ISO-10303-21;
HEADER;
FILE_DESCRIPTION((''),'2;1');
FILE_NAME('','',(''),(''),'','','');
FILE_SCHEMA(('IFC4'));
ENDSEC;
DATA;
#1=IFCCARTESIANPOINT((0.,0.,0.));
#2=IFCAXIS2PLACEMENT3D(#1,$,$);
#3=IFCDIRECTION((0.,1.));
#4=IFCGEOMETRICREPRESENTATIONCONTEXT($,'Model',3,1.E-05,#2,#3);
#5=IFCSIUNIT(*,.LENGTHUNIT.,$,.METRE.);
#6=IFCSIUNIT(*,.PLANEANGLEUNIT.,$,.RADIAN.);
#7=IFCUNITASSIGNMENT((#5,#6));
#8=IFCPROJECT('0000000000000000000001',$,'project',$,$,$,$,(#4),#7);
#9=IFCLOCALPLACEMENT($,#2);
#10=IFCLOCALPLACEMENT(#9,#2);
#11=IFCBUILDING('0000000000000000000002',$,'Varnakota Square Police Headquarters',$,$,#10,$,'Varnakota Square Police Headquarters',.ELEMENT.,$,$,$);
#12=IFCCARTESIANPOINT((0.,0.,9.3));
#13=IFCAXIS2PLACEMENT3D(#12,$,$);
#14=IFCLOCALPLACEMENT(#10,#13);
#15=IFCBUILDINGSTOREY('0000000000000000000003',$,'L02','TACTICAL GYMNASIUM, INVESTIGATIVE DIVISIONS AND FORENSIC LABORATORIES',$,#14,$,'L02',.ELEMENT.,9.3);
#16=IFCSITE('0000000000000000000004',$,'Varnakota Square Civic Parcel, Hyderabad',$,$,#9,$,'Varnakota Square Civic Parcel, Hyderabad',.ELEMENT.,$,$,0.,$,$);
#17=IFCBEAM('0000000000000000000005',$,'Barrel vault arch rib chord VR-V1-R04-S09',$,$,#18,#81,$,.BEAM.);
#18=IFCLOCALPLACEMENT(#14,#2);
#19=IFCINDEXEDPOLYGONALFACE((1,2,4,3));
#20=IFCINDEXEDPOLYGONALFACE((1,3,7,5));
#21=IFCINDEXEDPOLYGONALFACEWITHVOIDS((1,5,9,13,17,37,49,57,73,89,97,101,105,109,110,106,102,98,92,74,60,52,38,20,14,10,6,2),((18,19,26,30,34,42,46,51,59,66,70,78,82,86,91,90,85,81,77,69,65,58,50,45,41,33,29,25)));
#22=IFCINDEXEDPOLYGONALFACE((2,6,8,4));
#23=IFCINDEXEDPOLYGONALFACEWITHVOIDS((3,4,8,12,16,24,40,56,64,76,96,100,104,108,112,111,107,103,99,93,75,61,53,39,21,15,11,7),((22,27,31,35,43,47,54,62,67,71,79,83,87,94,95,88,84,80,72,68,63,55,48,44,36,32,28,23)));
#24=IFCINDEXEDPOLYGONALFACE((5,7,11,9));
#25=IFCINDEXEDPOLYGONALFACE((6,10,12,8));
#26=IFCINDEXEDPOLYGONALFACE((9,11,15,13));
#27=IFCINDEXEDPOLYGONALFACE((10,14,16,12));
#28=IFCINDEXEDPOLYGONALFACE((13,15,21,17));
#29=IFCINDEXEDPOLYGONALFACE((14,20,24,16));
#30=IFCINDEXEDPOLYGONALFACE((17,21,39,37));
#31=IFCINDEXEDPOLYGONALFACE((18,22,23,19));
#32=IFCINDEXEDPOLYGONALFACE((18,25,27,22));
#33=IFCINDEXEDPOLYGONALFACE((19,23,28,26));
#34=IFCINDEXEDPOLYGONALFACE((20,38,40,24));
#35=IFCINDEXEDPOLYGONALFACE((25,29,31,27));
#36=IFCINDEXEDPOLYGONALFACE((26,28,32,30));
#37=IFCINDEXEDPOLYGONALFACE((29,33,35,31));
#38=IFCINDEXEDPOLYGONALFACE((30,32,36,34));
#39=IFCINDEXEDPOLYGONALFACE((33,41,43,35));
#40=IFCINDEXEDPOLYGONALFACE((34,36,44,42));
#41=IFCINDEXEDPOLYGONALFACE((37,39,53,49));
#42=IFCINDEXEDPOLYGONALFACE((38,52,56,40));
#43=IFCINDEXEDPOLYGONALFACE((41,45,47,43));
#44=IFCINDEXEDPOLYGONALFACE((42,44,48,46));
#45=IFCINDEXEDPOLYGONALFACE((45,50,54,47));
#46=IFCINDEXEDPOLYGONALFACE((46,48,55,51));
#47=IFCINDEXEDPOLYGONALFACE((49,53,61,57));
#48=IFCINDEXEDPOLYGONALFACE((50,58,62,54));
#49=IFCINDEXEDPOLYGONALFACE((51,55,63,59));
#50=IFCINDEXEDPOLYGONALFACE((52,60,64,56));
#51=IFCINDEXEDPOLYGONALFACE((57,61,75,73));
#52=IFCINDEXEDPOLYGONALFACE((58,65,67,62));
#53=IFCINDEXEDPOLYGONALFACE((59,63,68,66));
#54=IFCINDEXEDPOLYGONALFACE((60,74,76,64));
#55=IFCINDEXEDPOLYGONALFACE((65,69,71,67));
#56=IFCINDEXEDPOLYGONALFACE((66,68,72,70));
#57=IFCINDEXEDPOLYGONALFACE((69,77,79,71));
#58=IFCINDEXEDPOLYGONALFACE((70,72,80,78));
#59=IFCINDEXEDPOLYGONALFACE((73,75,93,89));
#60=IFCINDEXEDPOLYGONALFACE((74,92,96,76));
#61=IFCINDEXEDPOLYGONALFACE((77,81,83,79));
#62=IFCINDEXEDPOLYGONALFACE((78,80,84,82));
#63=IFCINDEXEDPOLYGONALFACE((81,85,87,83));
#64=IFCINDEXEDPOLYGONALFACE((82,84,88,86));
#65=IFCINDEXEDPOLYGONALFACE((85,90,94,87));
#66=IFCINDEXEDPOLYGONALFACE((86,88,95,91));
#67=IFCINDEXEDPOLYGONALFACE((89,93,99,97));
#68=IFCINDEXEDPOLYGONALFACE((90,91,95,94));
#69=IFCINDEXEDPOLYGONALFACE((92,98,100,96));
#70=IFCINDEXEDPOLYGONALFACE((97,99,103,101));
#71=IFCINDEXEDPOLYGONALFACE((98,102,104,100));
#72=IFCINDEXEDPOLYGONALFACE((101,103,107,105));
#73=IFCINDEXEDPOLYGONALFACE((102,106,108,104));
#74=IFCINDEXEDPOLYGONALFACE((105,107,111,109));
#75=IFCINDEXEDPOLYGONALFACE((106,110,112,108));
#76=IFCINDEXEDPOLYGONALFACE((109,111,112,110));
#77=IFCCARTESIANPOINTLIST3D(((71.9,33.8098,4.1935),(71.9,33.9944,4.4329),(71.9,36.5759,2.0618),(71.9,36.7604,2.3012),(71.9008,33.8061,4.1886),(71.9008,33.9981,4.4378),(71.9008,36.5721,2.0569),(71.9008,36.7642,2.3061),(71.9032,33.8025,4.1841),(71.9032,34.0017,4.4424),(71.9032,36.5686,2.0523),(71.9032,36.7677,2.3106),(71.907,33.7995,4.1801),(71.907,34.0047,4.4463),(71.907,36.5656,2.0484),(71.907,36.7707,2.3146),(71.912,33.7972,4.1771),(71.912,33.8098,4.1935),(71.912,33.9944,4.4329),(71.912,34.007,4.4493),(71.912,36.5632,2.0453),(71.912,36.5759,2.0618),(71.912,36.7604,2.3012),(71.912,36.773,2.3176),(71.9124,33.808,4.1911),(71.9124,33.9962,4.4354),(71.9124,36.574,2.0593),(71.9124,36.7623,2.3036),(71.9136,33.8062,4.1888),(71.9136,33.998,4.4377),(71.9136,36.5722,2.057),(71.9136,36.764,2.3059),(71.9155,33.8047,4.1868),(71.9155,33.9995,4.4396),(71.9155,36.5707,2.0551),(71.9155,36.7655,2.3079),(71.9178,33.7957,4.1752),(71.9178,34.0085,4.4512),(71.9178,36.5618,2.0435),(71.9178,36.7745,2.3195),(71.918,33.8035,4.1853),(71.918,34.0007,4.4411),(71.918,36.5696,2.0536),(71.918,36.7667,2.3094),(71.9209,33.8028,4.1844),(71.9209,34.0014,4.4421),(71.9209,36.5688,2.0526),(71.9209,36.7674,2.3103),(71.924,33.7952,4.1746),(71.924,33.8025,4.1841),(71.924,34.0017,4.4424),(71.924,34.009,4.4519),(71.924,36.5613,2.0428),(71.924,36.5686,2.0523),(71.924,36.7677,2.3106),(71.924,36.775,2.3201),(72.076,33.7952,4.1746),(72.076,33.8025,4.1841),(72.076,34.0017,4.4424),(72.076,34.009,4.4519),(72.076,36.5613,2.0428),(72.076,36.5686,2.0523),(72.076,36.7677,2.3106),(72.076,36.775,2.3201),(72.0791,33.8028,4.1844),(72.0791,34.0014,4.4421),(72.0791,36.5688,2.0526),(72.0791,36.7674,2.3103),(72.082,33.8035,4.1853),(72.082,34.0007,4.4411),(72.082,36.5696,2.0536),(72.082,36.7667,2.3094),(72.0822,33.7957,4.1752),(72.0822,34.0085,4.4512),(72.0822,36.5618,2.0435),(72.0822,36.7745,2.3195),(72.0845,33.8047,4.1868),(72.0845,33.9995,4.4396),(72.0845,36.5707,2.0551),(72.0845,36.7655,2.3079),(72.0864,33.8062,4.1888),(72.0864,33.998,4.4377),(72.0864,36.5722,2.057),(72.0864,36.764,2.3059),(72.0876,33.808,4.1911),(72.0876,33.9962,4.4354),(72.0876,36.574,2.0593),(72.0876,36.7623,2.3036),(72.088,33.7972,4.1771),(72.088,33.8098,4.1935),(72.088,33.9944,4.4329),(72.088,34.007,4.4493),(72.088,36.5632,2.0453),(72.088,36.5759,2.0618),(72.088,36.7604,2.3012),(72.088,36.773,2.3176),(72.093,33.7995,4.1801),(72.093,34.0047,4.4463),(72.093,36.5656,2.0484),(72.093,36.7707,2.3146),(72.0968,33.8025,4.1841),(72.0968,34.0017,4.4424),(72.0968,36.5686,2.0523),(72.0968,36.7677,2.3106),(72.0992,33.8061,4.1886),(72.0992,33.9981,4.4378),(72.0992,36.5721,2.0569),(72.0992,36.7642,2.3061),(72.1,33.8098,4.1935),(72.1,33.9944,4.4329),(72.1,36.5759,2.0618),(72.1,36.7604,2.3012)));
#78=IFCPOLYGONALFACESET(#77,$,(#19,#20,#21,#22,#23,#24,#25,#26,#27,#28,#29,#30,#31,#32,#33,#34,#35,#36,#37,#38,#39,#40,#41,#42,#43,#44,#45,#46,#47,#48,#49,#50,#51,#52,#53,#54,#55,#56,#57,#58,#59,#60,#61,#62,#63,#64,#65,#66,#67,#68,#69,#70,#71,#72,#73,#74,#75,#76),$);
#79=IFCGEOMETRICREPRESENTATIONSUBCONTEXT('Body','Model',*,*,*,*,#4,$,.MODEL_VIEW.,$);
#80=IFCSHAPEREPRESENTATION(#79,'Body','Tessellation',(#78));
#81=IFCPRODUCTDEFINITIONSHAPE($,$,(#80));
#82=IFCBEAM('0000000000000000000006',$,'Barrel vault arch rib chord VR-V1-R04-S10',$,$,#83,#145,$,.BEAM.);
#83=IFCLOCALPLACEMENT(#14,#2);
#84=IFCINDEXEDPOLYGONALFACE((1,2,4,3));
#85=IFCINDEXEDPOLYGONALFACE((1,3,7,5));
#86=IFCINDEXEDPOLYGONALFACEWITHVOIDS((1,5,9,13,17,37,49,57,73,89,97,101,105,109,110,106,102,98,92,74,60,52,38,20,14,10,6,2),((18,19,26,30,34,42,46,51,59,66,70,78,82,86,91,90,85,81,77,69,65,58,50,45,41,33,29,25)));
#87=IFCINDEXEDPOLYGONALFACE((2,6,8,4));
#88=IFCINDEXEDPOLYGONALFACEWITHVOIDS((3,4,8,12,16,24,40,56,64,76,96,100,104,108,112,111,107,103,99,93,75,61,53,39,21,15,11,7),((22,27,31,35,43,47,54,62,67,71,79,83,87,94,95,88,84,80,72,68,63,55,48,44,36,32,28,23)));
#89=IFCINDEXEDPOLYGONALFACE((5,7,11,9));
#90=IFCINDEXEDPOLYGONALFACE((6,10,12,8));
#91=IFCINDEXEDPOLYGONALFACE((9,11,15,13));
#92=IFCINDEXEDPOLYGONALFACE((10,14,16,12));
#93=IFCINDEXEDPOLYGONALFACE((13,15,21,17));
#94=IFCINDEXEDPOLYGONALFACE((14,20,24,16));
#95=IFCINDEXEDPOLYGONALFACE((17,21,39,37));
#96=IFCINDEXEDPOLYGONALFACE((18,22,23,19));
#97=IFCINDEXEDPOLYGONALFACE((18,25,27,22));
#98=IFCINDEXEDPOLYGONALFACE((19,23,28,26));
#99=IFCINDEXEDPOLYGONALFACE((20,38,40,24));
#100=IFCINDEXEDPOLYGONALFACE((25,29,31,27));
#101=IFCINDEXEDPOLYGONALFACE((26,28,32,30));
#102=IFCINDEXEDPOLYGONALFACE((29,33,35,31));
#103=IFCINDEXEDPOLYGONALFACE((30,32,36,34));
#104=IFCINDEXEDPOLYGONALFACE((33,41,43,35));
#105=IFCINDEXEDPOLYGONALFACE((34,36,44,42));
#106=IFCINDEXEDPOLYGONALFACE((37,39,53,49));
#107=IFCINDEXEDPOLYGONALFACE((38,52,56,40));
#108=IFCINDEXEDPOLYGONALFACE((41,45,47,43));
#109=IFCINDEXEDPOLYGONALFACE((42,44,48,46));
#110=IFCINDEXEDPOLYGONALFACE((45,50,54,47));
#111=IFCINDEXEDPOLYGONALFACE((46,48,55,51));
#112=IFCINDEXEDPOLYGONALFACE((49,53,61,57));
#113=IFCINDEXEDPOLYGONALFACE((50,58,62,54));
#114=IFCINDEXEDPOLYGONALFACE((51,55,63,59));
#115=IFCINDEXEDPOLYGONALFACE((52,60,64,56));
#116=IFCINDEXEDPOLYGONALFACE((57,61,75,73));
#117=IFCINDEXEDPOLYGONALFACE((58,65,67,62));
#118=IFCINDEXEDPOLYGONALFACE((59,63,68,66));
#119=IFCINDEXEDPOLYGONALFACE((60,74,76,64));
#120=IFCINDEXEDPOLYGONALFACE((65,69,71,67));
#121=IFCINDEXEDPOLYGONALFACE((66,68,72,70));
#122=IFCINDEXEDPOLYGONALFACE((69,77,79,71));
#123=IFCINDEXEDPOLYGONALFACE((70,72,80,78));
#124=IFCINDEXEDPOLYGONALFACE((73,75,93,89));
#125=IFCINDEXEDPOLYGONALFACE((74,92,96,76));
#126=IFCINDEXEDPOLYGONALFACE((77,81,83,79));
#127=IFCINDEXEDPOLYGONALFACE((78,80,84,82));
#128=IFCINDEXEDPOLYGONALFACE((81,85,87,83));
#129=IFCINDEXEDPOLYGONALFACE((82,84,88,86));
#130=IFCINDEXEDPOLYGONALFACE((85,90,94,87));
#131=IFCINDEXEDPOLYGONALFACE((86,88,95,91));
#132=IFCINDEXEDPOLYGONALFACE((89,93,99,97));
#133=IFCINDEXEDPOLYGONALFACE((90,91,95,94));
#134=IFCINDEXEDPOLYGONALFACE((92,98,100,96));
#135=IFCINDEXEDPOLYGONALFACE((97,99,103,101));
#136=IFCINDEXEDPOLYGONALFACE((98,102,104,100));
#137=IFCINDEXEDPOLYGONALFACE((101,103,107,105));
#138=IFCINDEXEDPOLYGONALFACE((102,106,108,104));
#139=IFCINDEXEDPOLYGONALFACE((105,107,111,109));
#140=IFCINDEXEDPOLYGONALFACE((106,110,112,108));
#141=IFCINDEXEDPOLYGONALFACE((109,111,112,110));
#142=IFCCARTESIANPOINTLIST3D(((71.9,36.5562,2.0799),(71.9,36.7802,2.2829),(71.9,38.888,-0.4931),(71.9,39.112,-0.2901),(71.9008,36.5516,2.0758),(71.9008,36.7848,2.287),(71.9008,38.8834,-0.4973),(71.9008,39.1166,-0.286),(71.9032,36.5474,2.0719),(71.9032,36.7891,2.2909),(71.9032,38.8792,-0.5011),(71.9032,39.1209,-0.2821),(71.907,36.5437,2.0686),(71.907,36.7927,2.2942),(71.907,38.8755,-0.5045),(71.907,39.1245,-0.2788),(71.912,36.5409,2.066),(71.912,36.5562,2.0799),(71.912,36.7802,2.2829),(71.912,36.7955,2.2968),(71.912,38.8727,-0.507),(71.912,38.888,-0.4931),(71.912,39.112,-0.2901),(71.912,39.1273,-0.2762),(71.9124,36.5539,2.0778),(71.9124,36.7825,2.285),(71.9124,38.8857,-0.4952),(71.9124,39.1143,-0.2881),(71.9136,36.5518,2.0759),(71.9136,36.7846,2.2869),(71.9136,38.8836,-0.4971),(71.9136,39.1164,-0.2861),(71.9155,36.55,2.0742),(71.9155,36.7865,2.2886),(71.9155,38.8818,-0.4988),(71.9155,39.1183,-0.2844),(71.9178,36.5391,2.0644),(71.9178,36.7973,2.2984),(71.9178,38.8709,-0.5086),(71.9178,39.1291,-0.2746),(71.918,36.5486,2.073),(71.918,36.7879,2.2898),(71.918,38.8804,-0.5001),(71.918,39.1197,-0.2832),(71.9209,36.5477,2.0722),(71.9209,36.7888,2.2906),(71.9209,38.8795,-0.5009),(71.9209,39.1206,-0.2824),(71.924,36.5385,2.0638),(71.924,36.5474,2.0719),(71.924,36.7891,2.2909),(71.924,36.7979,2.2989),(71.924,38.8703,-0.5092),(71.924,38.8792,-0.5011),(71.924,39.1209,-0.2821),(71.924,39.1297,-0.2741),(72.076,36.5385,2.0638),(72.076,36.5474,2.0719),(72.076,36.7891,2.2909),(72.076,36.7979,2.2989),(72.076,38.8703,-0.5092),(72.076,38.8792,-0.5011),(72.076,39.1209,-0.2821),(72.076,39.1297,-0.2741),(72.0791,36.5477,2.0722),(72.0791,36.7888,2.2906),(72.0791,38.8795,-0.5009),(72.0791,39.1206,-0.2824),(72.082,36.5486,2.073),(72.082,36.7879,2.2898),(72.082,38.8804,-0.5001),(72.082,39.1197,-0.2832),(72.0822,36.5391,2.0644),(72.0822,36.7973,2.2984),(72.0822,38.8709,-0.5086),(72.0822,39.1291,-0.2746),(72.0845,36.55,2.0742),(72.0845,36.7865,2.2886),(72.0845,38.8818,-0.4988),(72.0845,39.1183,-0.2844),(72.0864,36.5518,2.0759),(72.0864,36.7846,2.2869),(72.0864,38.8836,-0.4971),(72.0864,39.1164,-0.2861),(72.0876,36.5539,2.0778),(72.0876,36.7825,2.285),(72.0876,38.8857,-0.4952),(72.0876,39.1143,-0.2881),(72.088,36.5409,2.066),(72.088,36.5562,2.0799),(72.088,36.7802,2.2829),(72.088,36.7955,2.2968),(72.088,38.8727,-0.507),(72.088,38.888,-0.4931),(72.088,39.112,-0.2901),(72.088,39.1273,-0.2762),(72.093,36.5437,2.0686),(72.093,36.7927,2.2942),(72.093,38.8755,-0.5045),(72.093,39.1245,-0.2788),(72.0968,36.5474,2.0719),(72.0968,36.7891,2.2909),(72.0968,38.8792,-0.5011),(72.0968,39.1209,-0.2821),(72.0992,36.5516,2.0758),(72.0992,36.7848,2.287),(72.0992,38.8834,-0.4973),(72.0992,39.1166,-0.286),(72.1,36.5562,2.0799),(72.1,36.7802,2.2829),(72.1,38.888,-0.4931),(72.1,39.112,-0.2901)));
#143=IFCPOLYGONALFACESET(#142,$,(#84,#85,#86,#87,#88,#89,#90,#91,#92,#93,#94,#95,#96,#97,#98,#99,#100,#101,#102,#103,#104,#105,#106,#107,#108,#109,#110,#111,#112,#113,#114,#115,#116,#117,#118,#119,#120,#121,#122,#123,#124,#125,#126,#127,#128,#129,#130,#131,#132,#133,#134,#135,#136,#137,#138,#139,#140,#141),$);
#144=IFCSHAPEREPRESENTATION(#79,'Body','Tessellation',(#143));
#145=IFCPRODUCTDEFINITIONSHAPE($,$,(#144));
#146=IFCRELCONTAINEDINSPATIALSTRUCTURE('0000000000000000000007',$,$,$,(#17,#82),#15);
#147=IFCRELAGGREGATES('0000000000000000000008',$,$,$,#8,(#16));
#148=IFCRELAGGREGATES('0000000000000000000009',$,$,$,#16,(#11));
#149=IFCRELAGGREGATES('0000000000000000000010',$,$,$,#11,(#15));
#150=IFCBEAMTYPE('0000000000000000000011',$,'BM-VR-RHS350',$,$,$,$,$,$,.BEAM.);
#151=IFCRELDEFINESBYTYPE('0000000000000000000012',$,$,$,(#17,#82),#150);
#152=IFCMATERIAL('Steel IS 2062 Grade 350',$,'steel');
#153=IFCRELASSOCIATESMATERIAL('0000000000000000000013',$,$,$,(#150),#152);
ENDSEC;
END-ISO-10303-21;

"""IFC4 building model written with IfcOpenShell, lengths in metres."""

from ifc_helpers import new_model, si_unit, direction, frame, origin, origin_2d, place, context, subcontext, project, spatial, hollow_rectangle, extrude, material, material_profile, profile_set, type_object, element, save


model = new_model("IFC4")

# Units and contexts
model_context = context("Model", 3, precision=1e-05, world=origin(), true_north=direction((0.0, 1.0)))
body_context = subcontext(model_context, "Body", "Model", "MODEL_VIEW")
ifc_project = project(units=[si_unit("LENGTHUNIT", "METRE"), si_unit("PLANEANGLEUNIT", "RADIAN")], contexts=[model_context])

# Site, building, storey
site_placement = place(None, origin())
site = spatial("IfcSite", under=ifc_project, at=site_placement, Name="Varnakota Square Civic Parcel, Hyderabad", LongName="Varnakota Square Civic Parcel, Hyderabad", CompositionType="ELEMENT", RefElevation=0.0)
building_placement = place(site_placement, origin())
building = spatial("IfcBuilding", under=site, at=building_placement, Name="Varnakota Square Police Headquarters", LongName="Varnakota Square Police Headquarters", CompositionType="ELEMENT")
storey_placement = place(building_placement, frame((0.0, 0.0, 9.3)))
storey = spatial("IfcBuildingStorey", under=building, at=storey_placement, Name="L02", Description="TACTICAL GYMNASIUM, INVESTIGATIVE DIVISIONS AND FORENSIC LABORATORIES", LongName="L02", CompositionType="ELEMENT", Elevation=9.3)

# Beams
ifc_material_1 = material(Name="Steel IS 2062 Grade 350", Category="steel")
ifc_material_profile_1 = material_profile(ifc_material_1, hollow_rectangle(XDim=0.2, YDim=0.3501, WallThickness=0.012, InnerFilletRadius=0.012, OuterFilletRadius=0.0239, at=origin_2d()), Name="RHS 350x200x12")
ifc_profile_set_1 = profile_set([ifc_material_profile_1], Name="Steel IS 2062 Grade 350")
beam_type = type_object("IfcBeamType", Name="BM-VR-RHS350", PredefinedType="BEAM", material=ifc_profile_set_1)
beam_1_placement = place(storey_placement, frame((72.0, 33.9021, 4.3132), z_axis=(0.0, 0.792062, -0.61044), x_axis=(-1.0, 0.0, 0.0)))
element("IfcBeam", 1, at=beam_1_placement, inside=storey, type_object=beam_type, Name="Barrel vault arch rib chord VR-V1-R04-S09", PredefinedType="BEAM", context=body_context, shape_type="SweptSolid", body=[
    extrude(hollow_rectangle(XDim=0.2, YDim=0.3501, WallThickness=0.012, InnerFilletRadius=0.012, OuterFilletRadius=0.0239, at=origin_2d()), origin(), (0.0, 0.0, 1.0), 3.4922),
])
beam_2_placement = place(storey_placement, frame((72.0, 36.6682, 2.1814), z_axis=(0.0, 0.671521, -0.740986), x_axis=(-1.0, 0.0, 0.0)))
element("IfcBeam", 2, at=beam_2_placement, inside=storey, type_object=beam_type, Name="Barrel vault arch rib chord VR-V1-R04-S10", PredefinedType="BEAM", context=body_context, shape_type="SweptSolid", body=[
    extrude(hollow_rectangle(XDim=0.2, YDim=0.3501, WallThickness=0.012, InnerFilletRadius=0.012, OuterFilletRadius=0.0239, at=origin_2d()), origin(), (0.0, 0.0, 1.0), 3.4724),
])

save(model, "model.ifc")
